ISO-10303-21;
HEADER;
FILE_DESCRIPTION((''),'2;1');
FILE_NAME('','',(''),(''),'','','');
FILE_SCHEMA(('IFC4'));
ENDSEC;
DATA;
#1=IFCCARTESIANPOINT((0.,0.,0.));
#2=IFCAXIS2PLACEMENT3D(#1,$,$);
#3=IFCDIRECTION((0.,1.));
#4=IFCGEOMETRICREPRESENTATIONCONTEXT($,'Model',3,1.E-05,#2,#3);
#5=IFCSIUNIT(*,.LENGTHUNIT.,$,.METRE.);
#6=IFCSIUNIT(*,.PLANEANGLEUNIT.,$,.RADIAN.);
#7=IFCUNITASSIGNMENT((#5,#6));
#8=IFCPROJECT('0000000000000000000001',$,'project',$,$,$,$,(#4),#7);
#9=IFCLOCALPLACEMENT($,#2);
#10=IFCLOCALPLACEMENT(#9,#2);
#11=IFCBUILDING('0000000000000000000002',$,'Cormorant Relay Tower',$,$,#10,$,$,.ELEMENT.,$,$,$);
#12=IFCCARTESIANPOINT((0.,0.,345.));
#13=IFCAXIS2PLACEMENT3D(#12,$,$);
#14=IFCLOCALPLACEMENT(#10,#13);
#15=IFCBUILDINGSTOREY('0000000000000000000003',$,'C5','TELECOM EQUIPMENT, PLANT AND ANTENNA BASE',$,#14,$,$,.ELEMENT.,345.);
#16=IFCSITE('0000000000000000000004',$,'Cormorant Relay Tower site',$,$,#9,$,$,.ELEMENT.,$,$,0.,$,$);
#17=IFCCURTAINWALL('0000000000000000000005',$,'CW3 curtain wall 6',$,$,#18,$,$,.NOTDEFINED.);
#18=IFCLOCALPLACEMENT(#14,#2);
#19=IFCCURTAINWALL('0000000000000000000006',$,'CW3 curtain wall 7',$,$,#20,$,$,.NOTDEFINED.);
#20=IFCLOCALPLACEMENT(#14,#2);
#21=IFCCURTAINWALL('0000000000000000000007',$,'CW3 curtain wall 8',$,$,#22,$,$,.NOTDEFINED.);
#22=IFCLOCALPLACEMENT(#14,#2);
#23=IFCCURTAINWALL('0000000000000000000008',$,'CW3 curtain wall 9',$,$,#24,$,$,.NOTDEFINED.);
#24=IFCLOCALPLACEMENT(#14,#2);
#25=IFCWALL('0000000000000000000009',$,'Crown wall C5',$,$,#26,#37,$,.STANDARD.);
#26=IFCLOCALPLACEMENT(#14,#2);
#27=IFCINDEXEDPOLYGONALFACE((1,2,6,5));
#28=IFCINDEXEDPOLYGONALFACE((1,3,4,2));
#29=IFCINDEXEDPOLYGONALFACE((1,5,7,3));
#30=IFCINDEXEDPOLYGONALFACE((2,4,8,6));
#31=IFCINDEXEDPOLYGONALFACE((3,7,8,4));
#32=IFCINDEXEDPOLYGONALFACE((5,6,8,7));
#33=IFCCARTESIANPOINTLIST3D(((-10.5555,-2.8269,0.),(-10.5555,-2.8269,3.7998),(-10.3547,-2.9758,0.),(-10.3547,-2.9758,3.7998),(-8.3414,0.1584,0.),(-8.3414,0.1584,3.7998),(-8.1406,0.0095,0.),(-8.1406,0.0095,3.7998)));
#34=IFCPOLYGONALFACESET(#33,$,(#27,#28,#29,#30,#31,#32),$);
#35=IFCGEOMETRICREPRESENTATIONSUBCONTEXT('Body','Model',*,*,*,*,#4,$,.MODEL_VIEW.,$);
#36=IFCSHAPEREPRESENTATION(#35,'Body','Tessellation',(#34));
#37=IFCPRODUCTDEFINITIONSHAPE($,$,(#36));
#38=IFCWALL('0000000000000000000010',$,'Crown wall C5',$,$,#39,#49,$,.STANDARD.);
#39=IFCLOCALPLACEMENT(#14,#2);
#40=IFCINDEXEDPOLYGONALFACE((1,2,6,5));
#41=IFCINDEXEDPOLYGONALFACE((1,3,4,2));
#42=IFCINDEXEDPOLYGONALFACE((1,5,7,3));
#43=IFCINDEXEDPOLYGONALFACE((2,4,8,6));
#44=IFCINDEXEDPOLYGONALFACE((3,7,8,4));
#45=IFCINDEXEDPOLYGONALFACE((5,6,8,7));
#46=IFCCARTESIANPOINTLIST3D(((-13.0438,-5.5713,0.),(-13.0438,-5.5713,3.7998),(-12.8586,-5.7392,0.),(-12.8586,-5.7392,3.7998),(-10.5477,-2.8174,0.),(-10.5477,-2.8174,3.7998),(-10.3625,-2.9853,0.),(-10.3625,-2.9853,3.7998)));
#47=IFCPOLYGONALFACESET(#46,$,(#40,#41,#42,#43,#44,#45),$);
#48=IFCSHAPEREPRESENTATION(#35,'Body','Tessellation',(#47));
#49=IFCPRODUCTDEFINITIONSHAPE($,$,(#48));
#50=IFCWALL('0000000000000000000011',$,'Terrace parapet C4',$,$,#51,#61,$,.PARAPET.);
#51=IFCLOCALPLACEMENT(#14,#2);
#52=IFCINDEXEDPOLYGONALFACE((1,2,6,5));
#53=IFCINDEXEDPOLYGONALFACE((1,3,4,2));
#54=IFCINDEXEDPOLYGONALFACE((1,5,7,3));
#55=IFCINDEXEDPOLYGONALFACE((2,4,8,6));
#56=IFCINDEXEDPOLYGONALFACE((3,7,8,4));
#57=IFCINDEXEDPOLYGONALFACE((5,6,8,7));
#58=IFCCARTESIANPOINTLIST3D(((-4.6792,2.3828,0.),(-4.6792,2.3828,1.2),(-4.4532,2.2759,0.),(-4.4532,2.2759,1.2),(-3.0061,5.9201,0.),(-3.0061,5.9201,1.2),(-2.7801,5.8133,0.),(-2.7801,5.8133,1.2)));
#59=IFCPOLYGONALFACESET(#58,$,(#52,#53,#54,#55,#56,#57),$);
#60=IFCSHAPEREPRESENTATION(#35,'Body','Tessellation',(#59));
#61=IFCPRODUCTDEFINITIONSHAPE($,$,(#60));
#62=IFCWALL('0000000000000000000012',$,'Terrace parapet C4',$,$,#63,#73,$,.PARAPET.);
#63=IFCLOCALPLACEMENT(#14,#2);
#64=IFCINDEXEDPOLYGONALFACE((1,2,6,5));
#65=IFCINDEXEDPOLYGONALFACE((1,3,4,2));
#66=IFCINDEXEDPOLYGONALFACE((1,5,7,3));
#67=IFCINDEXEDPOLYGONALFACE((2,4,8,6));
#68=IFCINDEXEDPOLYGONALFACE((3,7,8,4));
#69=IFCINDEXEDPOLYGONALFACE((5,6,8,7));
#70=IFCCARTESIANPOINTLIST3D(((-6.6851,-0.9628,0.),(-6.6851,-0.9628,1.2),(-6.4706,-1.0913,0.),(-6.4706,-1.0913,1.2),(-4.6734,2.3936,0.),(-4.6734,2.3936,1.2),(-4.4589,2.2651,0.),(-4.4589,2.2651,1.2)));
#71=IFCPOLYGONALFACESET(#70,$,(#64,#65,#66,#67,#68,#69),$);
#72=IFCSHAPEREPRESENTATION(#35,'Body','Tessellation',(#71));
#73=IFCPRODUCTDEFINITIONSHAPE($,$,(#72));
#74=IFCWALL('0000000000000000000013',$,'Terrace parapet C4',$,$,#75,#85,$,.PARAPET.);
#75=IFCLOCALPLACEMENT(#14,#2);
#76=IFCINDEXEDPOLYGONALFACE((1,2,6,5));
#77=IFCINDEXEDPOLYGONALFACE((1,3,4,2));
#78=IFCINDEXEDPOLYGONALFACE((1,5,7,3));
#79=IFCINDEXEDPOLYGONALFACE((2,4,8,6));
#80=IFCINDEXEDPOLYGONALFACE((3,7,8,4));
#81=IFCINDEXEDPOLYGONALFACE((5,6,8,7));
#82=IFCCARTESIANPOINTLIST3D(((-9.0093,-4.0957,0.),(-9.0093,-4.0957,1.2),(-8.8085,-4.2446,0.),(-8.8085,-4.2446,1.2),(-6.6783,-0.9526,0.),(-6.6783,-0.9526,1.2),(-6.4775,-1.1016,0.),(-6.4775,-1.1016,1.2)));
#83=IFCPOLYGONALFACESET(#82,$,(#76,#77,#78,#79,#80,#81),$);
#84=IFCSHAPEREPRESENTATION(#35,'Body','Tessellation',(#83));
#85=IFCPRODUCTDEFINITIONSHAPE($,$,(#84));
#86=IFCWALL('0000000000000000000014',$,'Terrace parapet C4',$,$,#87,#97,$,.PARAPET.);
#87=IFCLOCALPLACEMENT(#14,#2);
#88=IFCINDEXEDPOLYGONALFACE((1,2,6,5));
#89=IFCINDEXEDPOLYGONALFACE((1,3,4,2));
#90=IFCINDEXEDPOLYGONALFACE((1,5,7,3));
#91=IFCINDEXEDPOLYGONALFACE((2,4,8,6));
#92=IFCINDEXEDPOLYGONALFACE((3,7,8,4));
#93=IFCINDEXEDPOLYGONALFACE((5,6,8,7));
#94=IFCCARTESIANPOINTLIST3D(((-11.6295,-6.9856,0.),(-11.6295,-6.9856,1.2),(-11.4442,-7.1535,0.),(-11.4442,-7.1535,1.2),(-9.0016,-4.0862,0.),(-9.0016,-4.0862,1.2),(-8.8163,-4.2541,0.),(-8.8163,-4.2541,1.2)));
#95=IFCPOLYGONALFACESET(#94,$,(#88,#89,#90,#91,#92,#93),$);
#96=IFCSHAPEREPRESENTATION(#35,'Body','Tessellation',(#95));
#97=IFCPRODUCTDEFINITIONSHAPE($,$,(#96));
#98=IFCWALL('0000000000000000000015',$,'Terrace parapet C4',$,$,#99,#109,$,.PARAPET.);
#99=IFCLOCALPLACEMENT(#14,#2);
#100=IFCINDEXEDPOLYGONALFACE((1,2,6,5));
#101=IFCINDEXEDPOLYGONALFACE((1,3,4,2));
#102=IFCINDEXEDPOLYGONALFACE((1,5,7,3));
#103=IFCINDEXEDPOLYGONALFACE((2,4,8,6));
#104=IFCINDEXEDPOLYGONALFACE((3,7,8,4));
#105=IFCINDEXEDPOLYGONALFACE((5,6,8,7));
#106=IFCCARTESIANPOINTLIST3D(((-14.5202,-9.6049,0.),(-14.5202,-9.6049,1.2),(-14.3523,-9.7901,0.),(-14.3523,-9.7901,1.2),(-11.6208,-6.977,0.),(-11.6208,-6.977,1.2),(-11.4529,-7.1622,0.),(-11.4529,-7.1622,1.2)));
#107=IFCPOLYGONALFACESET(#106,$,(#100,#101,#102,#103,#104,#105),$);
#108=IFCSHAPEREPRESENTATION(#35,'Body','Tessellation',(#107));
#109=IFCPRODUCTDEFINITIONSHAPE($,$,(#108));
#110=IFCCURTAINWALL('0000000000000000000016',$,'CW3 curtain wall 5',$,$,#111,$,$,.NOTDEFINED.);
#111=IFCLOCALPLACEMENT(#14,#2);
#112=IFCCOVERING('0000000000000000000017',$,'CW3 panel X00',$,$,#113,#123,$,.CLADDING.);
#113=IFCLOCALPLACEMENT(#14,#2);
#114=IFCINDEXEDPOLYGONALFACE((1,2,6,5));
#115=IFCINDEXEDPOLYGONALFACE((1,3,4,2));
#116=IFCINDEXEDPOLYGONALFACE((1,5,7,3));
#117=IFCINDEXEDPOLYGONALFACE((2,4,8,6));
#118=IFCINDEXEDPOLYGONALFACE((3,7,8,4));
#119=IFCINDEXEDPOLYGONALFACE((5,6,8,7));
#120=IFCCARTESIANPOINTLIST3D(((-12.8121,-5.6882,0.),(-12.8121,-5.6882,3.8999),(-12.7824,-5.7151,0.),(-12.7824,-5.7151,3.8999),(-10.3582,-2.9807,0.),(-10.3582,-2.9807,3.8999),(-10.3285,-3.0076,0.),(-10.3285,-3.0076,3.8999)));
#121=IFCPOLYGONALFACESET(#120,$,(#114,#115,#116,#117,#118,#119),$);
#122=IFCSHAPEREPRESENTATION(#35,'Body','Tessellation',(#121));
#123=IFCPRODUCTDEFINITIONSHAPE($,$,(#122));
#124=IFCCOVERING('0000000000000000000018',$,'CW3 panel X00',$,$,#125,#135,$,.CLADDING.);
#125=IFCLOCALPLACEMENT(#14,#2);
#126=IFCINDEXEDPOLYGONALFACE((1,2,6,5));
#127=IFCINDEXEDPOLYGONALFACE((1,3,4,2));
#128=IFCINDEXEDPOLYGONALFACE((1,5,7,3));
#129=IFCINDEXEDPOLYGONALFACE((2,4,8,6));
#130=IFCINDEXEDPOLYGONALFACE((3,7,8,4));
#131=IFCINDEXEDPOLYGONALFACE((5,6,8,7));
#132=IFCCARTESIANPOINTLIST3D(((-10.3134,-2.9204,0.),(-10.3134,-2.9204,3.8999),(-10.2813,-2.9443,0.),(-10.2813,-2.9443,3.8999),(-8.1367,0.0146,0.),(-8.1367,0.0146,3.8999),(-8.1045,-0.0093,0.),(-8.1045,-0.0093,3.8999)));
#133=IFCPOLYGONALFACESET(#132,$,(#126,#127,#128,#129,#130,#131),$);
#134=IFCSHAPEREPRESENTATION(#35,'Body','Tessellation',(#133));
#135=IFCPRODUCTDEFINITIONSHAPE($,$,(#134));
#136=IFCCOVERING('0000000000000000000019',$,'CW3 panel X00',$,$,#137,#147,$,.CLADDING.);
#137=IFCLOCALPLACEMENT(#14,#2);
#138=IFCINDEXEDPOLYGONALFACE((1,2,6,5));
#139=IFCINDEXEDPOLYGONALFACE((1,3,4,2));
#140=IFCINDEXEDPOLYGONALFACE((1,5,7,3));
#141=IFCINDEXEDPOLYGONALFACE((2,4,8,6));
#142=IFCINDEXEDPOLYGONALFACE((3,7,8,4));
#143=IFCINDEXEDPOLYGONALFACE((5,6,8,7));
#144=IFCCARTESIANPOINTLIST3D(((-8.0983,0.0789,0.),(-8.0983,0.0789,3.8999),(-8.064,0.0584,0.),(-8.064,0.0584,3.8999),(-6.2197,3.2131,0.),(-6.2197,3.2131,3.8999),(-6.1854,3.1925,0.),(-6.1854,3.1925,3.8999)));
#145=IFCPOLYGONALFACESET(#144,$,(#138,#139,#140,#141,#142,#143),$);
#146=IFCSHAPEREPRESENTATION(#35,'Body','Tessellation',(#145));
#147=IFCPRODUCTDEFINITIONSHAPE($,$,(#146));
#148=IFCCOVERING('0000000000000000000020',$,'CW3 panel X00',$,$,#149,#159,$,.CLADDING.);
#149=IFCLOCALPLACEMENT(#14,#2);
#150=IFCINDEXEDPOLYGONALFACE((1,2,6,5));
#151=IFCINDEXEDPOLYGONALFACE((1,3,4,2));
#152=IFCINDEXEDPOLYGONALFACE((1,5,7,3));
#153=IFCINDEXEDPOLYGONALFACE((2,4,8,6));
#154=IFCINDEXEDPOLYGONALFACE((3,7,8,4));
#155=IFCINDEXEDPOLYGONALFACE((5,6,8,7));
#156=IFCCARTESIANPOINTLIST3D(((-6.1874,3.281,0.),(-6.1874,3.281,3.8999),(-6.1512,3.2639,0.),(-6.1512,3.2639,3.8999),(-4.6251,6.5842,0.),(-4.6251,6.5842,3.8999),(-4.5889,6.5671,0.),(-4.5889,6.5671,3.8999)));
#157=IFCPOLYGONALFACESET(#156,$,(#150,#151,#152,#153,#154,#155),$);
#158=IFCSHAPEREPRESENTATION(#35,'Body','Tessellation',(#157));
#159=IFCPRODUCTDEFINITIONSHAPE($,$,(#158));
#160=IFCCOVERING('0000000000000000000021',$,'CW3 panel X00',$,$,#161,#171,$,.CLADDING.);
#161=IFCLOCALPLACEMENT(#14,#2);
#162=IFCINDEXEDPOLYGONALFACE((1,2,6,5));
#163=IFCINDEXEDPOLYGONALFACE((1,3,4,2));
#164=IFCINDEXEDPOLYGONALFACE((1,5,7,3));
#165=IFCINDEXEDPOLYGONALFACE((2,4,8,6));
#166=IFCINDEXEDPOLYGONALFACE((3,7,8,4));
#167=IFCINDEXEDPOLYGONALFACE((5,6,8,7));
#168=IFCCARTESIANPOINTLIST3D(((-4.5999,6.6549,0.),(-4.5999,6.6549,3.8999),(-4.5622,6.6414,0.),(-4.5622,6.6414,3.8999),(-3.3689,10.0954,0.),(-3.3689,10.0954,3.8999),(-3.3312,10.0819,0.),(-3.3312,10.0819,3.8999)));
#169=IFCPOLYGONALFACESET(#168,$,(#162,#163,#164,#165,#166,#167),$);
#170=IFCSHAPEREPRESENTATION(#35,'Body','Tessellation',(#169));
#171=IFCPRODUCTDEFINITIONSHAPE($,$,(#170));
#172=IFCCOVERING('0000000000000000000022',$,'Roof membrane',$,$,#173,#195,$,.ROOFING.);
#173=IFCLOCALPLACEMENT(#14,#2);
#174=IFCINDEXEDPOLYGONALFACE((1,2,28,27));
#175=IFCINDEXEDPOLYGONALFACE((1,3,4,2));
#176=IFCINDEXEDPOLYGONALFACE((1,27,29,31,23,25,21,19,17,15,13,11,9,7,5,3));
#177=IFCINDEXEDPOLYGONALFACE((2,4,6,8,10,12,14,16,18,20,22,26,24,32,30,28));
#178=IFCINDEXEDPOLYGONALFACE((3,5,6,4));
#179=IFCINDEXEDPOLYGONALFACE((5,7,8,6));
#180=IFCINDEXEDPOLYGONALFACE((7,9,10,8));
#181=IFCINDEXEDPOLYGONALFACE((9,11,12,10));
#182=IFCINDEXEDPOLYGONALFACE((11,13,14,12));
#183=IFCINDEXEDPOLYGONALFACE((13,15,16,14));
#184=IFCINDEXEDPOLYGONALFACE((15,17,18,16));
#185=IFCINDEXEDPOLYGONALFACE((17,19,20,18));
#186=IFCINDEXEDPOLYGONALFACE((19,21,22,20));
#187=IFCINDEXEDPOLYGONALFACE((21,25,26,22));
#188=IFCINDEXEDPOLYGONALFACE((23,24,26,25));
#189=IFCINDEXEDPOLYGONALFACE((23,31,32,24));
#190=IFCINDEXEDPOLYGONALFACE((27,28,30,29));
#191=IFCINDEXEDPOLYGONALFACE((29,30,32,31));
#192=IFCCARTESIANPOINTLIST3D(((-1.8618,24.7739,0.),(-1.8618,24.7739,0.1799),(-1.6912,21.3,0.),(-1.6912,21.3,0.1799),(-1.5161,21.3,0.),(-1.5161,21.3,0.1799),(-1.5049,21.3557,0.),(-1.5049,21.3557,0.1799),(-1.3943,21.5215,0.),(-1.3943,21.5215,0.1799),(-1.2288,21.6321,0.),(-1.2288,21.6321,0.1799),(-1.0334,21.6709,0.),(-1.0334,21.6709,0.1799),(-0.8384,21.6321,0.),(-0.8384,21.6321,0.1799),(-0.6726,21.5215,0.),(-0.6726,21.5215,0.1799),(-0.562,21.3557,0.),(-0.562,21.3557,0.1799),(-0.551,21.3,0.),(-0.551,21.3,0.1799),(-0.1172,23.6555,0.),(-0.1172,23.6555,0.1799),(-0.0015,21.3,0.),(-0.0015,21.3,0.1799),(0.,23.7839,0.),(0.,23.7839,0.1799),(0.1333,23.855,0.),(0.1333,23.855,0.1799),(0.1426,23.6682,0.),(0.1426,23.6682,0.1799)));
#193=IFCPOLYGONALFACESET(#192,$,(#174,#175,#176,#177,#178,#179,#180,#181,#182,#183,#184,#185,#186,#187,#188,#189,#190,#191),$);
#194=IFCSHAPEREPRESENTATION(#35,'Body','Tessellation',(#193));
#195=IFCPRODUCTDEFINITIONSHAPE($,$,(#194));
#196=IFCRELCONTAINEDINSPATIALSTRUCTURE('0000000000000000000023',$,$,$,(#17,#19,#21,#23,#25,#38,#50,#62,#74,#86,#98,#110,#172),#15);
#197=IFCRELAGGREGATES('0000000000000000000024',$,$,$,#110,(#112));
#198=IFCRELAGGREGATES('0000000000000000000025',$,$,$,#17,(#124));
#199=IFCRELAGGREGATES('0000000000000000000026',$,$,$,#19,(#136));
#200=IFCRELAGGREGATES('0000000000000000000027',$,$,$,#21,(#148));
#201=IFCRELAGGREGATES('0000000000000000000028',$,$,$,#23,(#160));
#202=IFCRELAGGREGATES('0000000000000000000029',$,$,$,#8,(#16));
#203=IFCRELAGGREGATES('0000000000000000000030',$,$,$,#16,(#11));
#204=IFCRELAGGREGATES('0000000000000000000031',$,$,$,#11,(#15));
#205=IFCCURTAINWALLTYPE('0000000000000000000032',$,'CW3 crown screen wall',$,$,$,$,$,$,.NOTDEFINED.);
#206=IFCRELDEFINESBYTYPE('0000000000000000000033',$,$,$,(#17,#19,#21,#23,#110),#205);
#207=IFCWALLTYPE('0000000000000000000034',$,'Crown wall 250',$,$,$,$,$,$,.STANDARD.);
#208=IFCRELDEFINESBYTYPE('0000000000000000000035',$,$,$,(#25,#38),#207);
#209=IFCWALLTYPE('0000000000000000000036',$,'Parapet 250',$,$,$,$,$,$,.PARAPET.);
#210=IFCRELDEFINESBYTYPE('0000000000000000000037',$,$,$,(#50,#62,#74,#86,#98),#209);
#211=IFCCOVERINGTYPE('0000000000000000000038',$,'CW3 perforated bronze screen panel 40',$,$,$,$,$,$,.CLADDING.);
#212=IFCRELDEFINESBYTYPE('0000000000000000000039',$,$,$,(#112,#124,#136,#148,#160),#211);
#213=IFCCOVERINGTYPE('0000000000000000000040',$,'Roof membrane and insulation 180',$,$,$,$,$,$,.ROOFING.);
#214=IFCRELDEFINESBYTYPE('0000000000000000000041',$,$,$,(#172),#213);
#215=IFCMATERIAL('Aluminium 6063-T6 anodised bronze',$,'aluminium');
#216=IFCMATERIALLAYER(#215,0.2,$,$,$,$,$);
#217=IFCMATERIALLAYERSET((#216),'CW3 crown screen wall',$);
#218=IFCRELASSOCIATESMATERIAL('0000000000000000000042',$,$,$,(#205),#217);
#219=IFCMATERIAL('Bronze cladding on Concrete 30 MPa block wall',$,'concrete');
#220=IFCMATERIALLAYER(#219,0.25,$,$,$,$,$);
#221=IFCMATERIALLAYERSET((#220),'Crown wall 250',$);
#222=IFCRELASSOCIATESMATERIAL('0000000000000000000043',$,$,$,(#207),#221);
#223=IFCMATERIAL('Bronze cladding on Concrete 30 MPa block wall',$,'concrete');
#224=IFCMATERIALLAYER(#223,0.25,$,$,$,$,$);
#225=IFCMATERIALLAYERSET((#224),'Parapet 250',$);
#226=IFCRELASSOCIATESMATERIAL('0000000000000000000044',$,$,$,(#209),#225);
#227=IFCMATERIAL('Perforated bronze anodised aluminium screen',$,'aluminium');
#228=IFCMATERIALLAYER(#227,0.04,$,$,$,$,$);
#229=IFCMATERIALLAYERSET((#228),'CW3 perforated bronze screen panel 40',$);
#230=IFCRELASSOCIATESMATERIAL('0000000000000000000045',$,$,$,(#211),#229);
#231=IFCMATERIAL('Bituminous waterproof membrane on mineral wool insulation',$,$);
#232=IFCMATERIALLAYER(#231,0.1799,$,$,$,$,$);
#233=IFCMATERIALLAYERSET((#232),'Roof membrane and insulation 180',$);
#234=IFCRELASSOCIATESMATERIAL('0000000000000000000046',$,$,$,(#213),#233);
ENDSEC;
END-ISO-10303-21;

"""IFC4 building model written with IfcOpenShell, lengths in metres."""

from ifc_helpers import new_model, si_unit, direction, frame, frame_2d, origin, origin_2d, place, context, subcontext, project, spatial, polyline, rectangle, outline, extrude, material, layer, layer_set, type_object, element, aggregate, save


model = new_model("IFC4")

# Units and contexts
model_context = context("Model", 3, precision=1e-05, world=origin(), true_north=direction((0.0, 1.0)))
body_context = subcontext(model_context, "Body", "Model", "MODEL_VIEW")
ifc_project = project(units=[si_unit("LENGTHUNIT", "METRE"), si_unit("PLANEANGLEUNIT", "RADIAN")], contexts=[model_context])

# Site, building, storey
site_placement = place(None, origin())
site = spatial("IfcSite", under=ifc_project, at=site_placement, Name="Cormorant Relay Tower site", CompositionType="ELEMENT", RefElevation=0.0)
building_placement = place(site_placement, origin())
building = spatial("IfcBuilding", under=site, at=building_placement, Name="Cormorant Relay Tower", CompositionType="ELEMENT")
storey_placement = place(building_placement, frame((0.0, 0.0, 345.0)))
storey = spatial("IfcBuildingStorey", under=building, at=storey_placement, Name="C5", Description="TELECOM EQUIPMENT, PLANT AND ANTENNA BASE", CompositionType="ELEMENT", Elevation=345.0)

# Curtain walls
ifc_material_1 = material(Name="Aluminium 6063-T6 anodised bronze", Category="aluminium")
ifc_layer_1 = layer(ifc_material_1, 0.2)
ifc_layer_set_1 = layer_set([ifc_layer_1], Name="CW3 crown screen wall")
curtain_wall_type = type_object("IfcCurtainWallType", Name="CW3 crown screen wall", PredefinedType="NOTDEFINED", material=ifc_layer_set_1)
curtain_wall_1_placement = place(storey_placement, origin())
curtain_wall_1 = element("IfcCurtainWall", 1, at=curtain_wall_1_placement, inside=storey, type_object=curtain_wall_type, Name="CW3 curtain wall 6", PredefinedType="NOTDEFINED")
curtain_wall_2_placement = place(storey_placement, origin())
curtain_wall_2 = element("IfcCurtainWall", 2, at=curtain_wall_2_placement, inside=storey, type_object=curtain_wall_type, Name="CW3 curtain wall 7", PredefinedType="NOTDEFINED")
curtain_wall_3_placement = place(storey_placement, origin())
curtain_wall_3 = element("IfcCurtainWall", 3, at=curtain_wall_3_placement, inside=storey, type_object=curtain_wall_type, Name="CW3 curtain wall 8", PredefinedType="NOTDEFINED")
curtain_wall_4_placement = place(storey_placement, origin())
curtain_wall_4 = element("IfcCurtainWall", 4, at=curtain_wall_4_placement, inside=storey, type_object=curtain_wall_type, Name="CW3 curtain wall 9", PredefinedType="NOTDEFINED")

# Walls
ifc_material_2 = material(Name="Bronze cladding on Concrete 30 MPa block wall", Category="concrete")
ifc_layer_2 = layer(ifc_material_2, 0.25)
ifc_layer_set_2 = layer_set([ifc_layer_2], Name="Crown wall 250")
wall_type_1 = type_object("IfcWallType", Name="Crown wall 250", PredefinedType="STANDARD", material=ifc_layer_set_2)
for number, where, z_axis, x_axis, name in (
    (5, (-8.241, 0.084, 0.0), (0.0, 0.0, 1.0), (-0.595703, -0.803204, 0.0), "Crown wall C5"),
    (6, (-10.4551, -2.9014, 0.0), (0.0, 0.0, 1.0), (-0.671574, -0.740938, 0.0), "Crown wall C5"),
):
    element("IfcWall", number, at=place(storey_placement, frame(where, z_axis=z_axis, x_axis=x_axis)), inside=storey, type_object=wall_type_1, Name=name, PredefinedType="STANDARD", context=body_context, shape_type="SweptSolid", body=[
        extrude(rectangle(XDim=3.7168, YDim=0.25, at=frame_2d((1.8584, 0.0))), origin(), (0.0, 0.0, 1.0), 3.7998),
    ])
ifc_material_3 = material(Name="Bronze cladding on Concrete 30 MPa block wall", Category="concrete")
ifc_layer_3 = layer(ifc_material_3, 0.25)
ifc_layer_set_3 = layer_set([ifc_layer_3], Name="Parapet 250")
wall_type_2 = type_object("IfcWallType", Name="Parapet 250", PredefinedType="PARAPET", material=ifc_layer_set_3)
for number, where, z_axis, x_axis, name in (
    (7, (-2.8931, 5.8667, 0.0), (0.0, 0.0, 1.0), (-0.427566, -0.903984, 0.0), "Terrace parapet C4"),
    (8, (-4.5662, 2.3293, 0.0), (0.0, 0.0, 1.0), (-0.514092, -0.857735, 0.0), "Terrace parapet C4"),
    (9, (-6.5779, -1.0271, 0.0), (0.0, 0.0, 1.0), (-0.595699, -0.803208, 0.0), "Terrace parapet C4"),
    (10, (-8.9089, -4.1702, 0.0), (0.0, 0.0, 1.0), (-0.671567, -0.740944, 0.0), "Terrace parapet C4"),
    (11, (-11.5369, -7.0696, 0.0), (0.0, 0.0, 1.0), (-0.740944, -0.671567, 0.0), "Terrace parapet C4"),
):
    element("IfcWall", number, at=place(storey_placement, frame(where, z_axis=z_axis, x_axis=x_axis)), inside=storey, type_object=wall_type_2, Name=name, PredefinedType="PARAPET", context=body_context, shape_type="SweptSolid", body=[
        extrude(rectangle(XDim=3.9131, YDim=0.25, at=frame_2d((1.9565, 0.0))), origin(), (0.0, 0.0, 1.0), 1.2),
    ])

# Curtain wall, covering
curtain_wall_5_placement = place(storey_placement, origin())
curtain_wall_5 = element("IfcCurtainWall", 12, at=curtain_wall_5_placement, inside=storey, type_object=curtain_wall_type, Name="CW3 curtain wall 5", PredefinedType="NOTDEFINED")
ifc_material_4 = material(Name="Perforated bronze anodised aluminium screen", Category="aluminium")
ifc_layer_4 = layer(ifc_material_4, 0.04)
ifc_layer_set_4 = layer_set([ifc_layer_4], Name="CW3 perforated bronze screen panel 40")
covering_type_1 = type_object("IfcCoveringType", Name="CW3 perforated bronze screen panel 40", PredefinedType="CLADDING", material=ifc_layer_set_4)
covering_1_placement = place(storey_placement, frame((-11.5703, -4.3479, 0.0), z_axis=(0.0, 0.0, 1.0), x_axis=(0.671559, 0.740951, 0.0)))
covering_1 = element("IfcCovering", 13, at=covering_1_placement, type_object=covering_type_1, Name="CW3 panel X00", PredefinedType="CLADDING", context=body_context, shape_type="SweptSolid", body=[
    extrude(rectangle(XDim=3.6541, YDim=0.04, at=origin_2d()), origin(), (0.0, 0.0, 1.0), 3.8999),
])
aggregate(curtain_wall_5, [covering_1])

# Coverings
covering_2_placement = place(storey_placement, frame((-9.209, -1.4648, 0.0), z_axis=(0.0, 0.0, 1.0), x_axis=(0.595699, 0.803208, 0.0)))
covering_2 = element("IfcCovering", 14, at=covering_2_placement, type_object=covering_type_1, Name="CW3 panel X00", PredefinedType="CLADDING", context=body_context, shape_type="SweptSolid", body=[
    extrude(rectangle(XDim=3.6541, YDim=0.04, at=origin_2d()), origin(), (0.0, 0.0, 1.0), 3.8999),
])
aggregate(curtain_wall_1, [covering_2])
covering_3_placement = place(storey_placement, frame((-7.1418, 1.6357, 0.0), z_axis=(0.0, 0.0, 1.0), x_axis=(0.514103, 0.857729, 0.0)))
covering_3 = element("IfcCovering", 15, at=covering_3_placement, type_object=covering_type_1, Name="CW3 panel X00", PredefinedType="CLADDING", context=body_context, shape_type="SweptSolid", body=[
    extrude(rectangle(XDim=3.6541, YDim=0.04, at=origin_2d()), origin(), (0.0, 0.0, 1.0), 3.8999),
])
aggregate(curtain_wall_2, [covering_3])
covering_4_placement = place(storey_placement, frame((-5.3882, 4.9241, 0.0), z_axis=(0.0, 0.0, 1.0), x_axis=(0.427555, 0.903989, 0.0)))
covering_4 = element("IfcCovering", 16, at=covering_4_placement, type_object=covering_type_1, Name="CW3 panel X00", PredefinedType="CLADDING", context=body_context, shape_type="SweptSolid", body=[
    extrude(rectangle(XDim=3.6541, YDim=0.04, at=origin_2d()), origin(), (0.0, 0.0, 1.0), 3.8999),
])
aggregate(curtain_wall_3, [covering_4])
covering_5_placement = place(storey_placement, frame((-3.9656, 8.3684, 0.0), z_axis=(0.0, 0.0, 1.0), x_axis=(0.33689, 0.941544, 0.0)))
covering_5 = element("IfcCovering", 17, at=covering_5_placement, type_object=covering_type_1, Name="CW3 panel X00", PredefinedType="CLADDING", context=body_context, shape_type="SweptSolid", body=[
    extrude(rectangle(XDim=3.6541, YDim=0.04, at=origin_2d()), origin(), (0.0, 0.0, 1.0), 3.8999),
])
aggregate(curtain_wall_4, [covering_5])

# Covering
ifc_material_5 = material(Name="Bituminous waterproof membrane on mineral wool insulation")
ifc_layer_5 = layer(ifc_material_5, 0.1799)
ifc_layer_set_5 = layer_set([ifc_layer_5], Name="Roof membrane and insulation 180")
covering_type_2 = type_object("IfcCoveringType", Name="Roof membrane and insulation 180", PredefinedType="ROOFING", material=ifc_layer_set_5)
covering_6_placement = place(storey_placement, origin())
element("IfcCovering", 18, at=covering_6_placement, inside=storey, type_object=covering_type_2, Name="Roof membrane", PredefinedType="ROOFING", context=body_context, shape_type="SweptSolid", body=[
    extrude(outline(polyline([(-1.6912, 21.3), (-1.8618, 24.7739), (0.0, 23.7839), (0.1333, 23.855), (0.1426, 23.6682), (-0.1172, 23.6555), (-0.0015, 21.3), (-0.551, 21.3), (-0.562, 21.3557), (-0.6726, 21.5215), (-0.8384, 21.6321), (-1.0334, 21.6709), (-1.2288, 21.6321), (-1.3943, 21.5215), (-1.5049, 21.3557), (-1.5161, 21.3), (-1.6912, 21.3)])), origin(), (0.0, 0.0, 1.0), 0.1799),
])

save(model, "model.ifc")
